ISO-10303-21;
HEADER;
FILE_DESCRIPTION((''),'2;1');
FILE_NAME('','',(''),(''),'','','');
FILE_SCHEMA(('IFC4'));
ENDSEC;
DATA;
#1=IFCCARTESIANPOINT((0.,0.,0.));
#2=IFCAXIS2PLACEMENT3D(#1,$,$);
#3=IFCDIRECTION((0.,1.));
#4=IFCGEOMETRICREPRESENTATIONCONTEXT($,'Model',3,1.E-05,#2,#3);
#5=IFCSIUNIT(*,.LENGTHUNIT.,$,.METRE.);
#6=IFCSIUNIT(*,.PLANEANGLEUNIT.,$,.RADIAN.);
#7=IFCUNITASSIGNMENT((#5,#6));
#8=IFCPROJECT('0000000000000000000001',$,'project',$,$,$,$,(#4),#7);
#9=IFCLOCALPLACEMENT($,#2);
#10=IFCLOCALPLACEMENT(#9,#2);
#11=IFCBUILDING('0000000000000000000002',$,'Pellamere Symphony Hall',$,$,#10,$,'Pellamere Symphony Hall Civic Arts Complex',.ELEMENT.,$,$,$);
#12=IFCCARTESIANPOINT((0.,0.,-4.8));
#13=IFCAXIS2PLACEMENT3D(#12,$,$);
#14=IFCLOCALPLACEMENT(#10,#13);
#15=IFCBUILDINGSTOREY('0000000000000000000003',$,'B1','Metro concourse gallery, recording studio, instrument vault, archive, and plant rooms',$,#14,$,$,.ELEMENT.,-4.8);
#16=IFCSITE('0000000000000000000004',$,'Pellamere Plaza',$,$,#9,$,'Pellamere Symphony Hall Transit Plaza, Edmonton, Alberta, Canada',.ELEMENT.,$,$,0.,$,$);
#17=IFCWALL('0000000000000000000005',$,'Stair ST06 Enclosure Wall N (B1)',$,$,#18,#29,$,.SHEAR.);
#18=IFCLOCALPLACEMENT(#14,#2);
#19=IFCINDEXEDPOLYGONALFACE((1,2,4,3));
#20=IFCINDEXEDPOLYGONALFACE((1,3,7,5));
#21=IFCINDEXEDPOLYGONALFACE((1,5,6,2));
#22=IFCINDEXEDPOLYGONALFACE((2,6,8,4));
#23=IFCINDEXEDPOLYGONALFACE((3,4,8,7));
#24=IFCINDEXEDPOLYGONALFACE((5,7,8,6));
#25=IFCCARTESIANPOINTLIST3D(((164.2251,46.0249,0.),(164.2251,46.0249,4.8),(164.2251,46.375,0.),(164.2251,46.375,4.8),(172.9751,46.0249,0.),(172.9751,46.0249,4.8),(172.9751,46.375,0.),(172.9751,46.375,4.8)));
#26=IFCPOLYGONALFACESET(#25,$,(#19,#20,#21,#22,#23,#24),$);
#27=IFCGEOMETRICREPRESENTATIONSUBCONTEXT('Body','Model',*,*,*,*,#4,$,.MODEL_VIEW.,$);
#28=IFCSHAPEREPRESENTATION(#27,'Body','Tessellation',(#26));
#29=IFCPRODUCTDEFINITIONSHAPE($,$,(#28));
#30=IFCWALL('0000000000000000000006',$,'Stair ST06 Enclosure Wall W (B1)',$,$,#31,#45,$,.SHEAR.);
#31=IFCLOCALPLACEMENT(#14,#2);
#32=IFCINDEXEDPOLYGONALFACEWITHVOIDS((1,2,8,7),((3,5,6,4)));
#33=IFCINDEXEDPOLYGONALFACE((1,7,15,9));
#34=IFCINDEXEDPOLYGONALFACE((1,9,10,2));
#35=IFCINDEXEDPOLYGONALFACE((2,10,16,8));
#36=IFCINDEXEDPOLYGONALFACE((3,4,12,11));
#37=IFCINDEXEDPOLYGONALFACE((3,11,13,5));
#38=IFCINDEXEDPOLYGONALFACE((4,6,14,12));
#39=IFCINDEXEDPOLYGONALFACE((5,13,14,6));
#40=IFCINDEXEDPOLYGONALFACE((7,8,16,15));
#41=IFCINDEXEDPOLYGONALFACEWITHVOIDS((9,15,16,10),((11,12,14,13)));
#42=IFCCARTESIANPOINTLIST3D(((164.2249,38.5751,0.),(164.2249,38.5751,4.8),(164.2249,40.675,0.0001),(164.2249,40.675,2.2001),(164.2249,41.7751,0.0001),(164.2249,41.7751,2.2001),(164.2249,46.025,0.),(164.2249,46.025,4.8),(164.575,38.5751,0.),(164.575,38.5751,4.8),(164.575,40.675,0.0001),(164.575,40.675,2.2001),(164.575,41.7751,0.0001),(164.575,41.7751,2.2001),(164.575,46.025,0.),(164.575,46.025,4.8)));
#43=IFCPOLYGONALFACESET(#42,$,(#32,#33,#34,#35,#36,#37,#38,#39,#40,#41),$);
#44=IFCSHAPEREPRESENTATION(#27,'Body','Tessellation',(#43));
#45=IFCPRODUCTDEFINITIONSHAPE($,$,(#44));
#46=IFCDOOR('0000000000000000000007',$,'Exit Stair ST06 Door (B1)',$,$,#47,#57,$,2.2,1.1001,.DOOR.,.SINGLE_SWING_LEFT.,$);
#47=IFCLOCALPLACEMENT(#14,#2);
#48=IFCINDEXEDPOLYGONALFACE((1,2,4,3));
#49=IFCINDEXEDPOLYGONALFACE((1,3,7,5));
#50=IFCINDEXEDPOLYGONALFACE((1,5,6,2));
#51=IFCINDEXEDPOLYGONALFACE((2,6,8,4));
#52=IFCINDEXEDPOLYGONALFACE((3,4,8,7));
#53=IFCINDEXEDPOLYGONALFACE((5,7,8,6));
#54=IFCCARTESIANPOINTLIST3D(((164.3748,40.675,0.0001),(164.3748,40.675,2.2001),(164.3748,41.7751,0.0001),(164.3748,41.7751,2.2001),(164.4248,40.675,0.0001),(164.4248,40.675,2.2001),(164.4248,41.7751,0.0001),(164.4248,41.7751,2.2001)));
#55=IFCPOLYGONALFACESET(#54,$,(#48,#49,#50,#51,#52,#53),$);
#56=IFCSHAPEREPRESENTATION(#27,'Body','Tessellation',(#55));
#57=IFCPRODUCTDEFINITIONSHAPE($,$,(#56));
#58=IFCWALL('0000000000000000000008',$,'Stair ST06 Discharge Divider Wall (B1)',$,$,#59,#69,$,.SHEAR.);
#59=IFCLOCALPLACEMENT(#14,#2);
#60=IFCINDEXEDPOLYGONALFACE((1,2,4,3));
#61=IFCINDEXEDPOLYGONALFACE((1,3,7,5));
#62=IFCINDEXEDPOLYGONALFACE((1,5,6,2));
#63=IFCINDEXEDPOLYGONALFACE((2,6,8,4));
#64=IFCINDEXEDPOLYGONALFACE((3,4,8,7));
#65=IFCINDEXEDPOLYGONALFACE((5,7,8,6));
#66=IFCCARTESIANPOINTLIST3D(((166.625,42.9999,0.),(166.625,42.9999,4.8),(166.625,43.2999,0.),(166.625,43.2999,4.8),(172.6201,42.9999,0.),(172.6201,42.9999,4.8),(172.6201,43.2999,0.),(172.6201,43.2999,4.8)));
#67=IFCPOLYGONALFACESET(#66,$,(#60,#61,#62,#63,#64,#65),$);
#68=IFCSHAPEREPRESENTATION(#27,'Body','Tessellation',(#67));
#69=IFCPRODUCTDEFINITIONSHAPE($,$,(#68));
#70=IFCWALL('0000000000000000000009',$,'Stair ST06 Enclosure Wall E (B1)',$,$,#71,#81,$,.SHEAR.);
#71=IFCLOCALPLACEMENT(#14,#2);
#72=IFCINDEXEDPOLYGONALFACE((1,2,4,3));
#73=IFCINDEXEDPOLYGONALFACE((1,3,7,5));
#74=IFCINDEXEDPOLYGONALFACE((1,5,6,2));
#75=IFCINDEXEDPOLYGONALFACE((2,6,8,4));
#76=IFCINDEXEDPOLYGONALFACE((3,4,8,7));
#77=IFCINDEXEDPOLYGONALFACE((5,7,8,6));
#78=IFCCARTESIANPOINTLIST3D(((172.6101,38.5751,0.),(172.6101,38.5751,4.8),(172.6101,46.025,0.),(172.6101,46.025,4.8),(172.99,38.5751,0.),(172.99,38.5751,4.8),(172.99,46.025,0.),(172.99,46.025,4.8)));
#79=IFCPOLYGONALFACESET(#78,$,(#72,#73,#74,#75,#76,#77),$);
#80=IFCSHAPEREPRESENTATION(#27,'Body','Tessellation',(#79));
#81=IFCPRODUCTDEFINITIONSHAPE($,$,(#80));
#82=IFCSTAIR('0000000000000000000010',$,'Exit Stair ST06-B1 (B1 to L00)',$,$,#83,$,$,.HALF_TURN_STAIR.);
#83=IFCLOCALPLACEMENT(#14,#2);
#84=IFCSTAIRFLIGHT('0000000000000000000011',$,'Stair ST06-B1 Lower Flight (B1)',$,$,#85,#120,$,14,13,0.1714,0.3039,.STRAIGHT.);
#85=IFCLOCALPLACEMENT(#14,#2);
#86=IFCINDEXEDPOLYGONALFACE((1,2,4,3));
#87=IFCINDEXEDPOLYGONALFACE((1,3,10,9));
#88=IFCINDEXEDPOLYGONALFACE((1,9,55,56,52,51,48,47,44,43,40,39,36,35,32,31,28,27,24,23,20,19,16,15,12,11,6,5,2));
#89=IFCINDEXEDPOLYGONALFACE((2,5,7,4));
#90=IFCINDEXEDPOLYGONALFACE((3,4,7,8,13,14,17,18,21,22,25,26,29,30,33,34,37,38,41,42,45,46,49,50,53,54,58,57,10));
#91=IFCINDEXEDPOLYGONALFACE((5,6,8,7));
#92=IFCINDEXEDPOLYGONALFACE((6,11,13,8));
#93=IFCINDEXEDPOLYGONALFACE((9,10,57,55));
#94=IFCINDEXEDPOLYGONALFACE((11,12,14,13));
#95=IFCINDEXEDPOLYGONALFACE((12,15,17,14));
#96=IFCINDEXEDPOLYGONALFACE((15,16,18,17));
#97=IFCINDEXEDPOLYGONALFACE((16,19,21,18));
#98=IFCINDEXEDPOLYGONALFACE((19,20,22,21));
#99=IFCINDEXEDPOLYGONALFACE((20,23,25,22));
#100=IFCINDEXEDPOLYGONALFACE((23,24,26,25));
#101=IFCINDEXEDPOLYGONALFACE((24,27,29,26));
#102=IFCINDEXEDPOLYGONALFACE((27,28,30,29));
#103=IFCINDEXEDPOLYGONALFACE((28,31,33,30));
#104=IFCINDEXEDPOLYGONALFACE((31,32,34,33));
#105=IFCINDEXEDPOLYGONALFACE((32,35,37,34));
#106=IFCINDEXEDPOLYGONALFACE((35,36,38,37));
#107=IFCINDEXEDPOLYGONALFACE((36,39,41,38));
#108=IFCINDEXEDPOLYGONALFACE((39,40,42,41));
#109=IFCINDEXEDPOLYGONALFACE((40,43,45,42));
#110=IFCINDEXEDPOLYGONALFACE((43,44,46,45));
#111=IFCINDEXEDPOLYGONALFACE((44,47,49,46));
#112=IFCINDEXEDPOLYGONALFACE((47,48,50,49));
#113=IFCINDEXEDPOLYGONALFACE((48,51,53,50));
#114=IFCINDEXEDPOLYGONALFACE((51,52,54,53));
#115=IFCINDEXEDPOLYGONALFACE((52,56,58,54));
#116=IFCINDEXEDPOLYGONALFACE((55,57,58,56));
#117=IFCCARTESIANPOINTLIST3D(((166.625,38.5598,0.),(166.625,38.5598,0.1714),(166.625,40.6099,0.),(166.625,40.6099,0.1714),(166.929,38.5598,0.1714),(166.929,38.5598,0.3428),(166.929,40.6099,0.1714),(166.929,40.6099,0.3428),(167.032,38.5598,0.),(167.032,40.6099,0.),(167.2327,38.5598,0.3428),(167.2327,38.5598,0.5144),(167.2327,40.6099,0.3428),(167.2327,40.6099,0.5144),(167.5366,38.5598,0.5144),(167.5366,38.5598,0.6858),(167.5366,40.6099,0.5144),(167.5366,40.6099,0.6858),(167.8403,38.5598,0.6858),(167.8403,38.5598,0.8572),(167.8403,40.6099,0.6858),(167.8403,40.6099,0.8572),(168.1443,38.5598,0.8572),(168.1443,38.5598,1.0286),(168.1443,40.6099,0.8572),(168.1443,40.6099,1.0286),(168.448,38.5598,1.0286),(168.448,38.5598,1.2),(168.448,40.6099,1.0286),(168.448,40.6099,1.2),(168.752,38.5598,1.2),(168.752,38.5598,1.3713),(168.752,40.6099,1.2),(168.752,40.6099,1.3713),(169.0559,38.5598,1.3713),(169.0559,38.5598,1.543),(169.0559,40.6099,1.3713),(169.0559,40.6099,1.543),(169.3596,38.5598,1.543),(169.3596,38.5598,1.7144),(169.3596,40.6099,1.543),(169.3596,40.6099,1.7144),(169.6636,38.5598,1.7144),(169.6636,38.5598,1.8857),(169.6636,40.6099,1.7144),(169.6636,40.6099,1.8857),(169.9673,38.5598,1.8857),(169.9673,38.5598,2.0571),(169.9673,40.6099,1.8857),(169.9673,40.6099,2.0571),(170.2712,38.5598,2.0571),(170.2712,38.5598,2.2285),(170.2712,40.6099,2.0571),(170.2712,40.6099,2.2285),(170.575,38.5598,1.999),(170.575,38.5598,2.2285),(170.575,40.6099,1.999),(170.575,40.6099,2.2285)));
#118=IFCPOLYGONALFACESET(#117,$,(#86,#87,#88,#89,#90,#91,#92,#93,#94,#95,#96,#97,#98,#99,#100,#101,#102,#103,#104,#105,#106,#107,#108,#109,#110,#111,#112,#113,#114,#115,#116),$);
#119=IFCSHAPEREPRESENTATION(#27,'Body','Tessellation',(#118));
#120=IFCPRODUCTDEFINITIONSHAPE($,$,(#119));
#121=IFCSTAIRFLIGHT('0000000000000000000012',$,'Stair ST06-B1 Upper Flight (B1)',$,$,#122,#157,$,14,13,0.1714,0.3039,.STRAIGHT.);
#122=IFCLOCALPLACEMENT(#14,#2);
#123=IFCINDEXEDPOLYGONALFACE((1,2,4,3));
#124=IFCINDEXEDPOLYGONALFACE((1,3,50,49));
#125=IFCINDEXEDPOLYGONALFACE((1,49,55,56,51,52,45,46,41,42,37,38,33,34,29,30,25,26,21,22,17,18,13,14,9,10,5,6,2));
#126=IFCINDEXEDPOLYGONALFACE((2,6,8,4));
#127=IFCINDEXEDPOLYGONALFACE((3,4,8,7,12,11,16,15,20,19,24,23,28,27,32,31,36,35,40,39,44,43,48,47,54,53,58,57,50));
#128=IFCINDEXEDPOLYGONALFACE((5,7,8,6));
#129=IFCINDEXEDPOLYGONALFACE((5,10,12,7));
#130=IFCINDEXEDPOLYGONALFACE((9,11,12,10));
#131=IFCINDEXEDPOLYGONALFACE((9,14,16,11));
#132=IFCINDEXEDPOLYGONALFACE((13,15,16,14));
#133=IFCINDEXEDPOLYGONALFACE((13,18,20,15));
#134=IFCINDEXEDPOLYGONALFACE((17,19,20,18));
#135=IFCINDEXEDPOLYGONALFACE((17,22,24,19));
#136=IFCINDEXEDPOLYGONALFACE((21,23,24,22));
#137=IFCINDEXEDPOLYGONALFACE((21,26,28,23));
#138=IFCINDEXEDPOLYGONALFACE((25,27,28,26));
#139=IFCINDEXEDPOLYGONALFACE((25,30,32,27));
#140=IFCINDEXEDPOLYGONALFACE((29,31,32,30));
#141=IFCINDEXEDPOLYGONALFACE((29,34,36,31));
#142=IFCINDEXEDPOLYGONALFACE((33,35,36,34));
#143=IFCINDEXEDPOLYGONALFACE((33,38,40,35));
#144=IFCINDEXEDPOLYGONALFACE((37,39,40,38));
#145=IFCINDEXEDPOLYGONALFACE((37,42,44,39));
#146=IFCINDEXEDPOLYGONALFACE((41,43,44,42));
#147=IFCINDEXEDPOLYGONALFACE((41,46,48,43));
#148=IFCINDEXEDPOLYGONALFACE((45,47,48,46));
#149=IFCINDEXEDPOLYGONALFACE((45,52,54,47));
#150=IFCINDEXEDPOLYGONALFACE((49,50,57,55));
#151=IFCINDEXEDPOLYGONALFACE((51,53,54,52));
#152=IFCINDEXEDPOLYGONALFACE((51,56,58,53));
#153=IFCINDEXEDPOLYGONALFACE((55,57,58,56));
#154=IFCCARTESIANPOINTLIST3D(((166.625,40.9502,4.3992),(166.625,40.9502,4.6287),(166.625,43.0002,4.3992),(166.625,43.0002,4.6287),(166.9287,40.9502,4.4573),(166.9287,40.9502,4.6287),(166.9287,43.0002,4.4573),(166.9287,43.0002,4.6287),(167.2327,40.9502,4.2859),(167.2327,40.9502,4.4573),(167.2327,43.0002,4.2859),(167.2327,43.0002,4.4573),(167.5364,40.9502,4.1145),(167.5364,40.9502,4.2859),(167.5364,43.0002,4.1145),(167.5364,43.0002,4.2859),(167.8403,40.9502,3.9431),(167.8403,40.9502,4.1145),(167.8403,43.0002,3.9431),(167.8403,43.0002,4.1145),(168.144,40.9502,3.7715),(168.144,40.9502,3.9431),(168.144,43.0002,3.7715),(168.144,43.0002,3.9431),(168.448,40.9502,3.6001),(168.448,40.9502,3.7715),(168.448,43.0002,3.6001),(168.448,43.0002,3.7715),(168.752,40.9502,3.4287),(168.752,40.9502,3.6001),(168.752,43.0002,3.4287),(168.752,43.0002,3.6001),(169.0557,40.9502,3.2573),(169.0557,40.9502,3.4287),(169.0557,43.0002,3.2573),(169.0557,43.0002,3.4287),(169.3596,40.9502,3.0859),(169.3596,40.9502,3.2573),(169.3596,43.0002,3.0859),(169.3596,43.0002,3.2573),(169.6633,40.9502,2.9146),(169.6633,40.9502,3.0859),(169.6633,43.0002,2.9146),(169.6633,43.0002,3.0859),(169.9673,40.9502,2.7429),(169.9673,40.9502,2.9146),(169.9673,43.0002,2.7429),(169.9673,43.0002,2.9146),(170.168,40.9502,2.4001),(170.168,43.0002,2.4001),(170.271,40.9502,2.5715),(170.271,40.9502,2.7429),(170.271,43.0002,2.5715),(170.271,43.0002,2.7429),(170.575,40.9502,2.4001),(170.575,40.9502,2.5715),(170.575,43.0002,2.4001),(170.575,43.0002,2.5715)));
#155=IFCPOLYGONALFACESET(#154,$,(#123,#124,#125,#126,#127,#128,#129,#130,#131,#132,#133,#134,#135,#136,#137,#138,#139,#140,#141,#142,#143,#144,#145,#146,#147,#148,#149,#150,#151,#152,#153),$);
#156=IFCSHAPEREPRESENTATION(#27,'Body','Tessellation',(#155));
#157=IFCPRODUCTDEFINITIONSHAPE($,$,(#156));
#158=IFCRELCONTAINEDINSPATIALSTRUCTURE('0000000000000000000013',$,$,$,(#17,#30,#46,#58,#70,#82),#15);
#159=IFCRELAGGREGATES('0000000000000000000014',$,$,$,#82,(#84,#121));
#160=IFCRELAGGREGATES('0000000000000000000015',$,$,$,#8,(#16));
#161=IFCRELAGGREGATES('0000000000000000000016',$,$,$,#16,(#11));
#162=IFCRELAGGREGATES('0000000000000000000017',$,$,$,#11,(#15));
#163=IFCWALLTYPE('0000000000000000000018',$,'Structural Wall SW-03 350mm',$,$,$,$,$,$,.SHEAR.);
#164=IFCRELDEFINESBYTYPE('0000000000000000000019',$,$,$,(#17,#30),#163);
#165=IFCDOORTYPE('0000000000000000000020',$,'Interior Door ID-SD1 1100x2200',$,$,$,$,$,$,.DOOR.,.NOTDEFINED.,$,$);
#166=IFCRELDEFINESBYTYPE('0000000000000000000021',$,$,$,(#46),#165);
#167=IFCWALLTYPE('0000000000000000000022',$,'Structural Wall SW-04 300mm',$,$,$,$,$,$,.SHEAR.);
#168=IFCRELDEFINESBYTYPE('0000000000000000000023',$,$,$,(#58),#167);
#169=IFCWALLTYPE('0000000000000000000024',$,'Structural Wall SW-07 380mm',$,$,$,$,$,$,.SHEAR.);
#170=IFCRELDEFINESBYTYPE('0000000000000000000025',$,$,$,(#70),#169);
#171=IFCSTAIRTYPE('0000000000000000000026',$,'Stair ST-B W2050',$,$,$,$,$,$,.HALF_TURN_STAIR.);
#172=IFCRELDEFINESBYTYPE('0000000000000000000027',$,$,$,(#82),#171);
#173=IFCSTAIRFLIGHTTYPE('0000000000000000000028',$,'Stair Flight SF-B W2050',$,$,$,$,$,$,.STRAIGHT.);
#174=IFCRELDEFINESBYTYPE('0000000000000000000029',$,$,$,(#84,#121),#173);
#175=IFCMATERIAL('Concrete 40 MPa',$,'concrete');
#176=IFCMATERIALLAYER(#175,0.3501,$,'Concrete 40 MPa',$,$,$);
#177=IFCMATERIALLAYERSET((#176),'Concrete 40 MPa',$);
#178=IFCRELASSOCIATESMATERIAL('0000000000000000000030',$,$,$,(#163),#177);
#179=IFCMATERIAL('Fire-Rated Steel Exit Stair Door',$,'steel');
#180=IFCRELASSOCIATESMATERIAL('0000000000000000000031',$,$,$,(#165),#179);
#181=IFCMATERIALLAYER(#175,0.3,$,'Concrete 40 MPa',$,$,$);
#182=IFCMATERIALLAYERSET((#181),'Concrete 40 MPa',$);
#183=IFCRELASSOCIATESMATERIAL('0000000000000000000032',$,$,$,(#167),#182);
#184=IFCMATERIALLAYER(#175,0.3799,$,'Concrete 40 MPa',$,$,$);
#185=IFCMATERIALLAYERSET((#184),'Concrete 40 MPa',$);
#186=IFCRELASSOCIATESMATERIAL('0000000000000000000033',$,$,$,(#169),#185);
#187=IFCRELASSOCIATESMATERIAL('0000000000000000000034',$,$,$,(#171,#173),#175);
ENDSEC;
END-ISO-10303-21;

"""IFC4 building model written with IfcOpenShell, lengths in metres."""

from ifc_helpers import new_model, si_unit, direction, frame, frame_2d, origin, place, context, subcontext, project, spatial, polyline, rectangle, outline, extrude, material, layer, layer_set, type_object, element, fill, aggregate, save


model = new_model("IFC4")

# Units and contexts
model_context = context("Model", 3, precision=1e-05, world=origin(), true_north=direction((0.0, 1.0)))
body_context = subcontext(model_context, "Body", "Model", "MODEL_VIEW")
ifc_project = project(units=[si_unit("LENGTHUNIT", "METRE"), si_unit("PLANEANGLEUNIT", "RADIAN")], contexts=[model_context])

# Site, building, storey
site_placement = place(None, origin())
site = spatial("IfcSite", under=ifc_project, at=site_placement, Name="Pellamere Plaza", LongName="Pellamere Symphony Hall Transit Plaza, Edmonton, Alberta, Canada", CompositionType="ELEMENT", RefElevation=0.0)
building_placement = place(site_placement, origin())
building = spatial("IfcBuilding", under=site, at=building_placement, Name="Pellamere Symphony Hall", LongName="Pellamere Symphony Hall Civic Arts Complex", CompositionType="ELEMENT")
storey_placement = place(building_placement, frame((0.0, 0.0, -4.8)))
storey = spatial("IfcBuildingStorey", under=building, at=storey_placement, Name="B1", Description="Metro concourse gallery, recording studio, instrument vault, archive, and plant rooms", CompositionType="ELEMENT", Elevation=-4.8)

# Shared definitions
ifc_material_1 = material(Name="Concrete 40 MPa", Category="concrete")

# Wall
ifc_layer_1 = layer(ifc_material_1, 0.3501, Name="Concrete 40 MPa")
ifc_layer_set_1 = layer_set([ifc_layer_1], Name="Concrete 40 MPa")
wall_type_1 = type_object("IfcWallType", Name="Structural Wall SW-03 350mm", PredefinedType="SHEAR", material=ifc_layer_set_1)
for number, where, z_axis, x_axis, name in (
    (1, (164.2251, 46.2, 0.0), (0.0, 0.0, 1.0), (1.0, 0.0, 0.0), "Stair ST06 Enclosure Wall N (B1)"),
):
    element("IfcWall", number, at=place(storey_placement, frame(where, z_axis=z_axis, x_axis=x_axis)), inside=storey, type_object=wall_type_1, Name=name, PredefinedType="SHEAR", context=body_context, shape_type="SweptSolid", body=[
        extrude(rectangle(XDim=8.75, YDim=0.3501, at=frame_2d((4.375, 0.0))), origin(), (0.0, 0.0, 1.0), 4.8),
    ])

# Wall, opening, door
wall_1_placement = place(storey_placement, frame((164.3999, 38.575, 0.0), z_axis=(0.0, 0.0, 1.0), x_axis=(0.0, 1.0, 0.0)))
wall_1 = element("IfcWall", 2, at=wall_1_placement, inside=storey, type_object=wall_type_1, Name="Stair ST06 Enclosure Wall W (B1)", PredefinedType="SHEAR", context=body_context, shape_type="SweptSolid", body=[
    extrude(rectangle(XDim=7.45, YDim=0.3501, at=frame_2d((3.7251, 0.0))), origin(), (0.0, 0.0, 1.0), 4.8),
])
opening_placement = place(wall_1_placement, frame((2.1001, 0.0, 0.0)))
opening = element("IfcOpeningElement", 3, at=opening_placement, cuts=wall_1, PredefinedType="OPENING", context=body_context, shape_type="SweptSolid", body=[
    extrude(rectangle(XDim=1.1001, YDim=2.2, at=frame_2d((0.55, 1.1001))), frame((0.0, 0.1851, 0.0), z_axis=(0.0, -1.0, 0.0), x_axis=(1.0, 0.0, 0.0)), (0.0, 0.0, 1.0), 0.3701),
])
ifc_material_2 = material(Name="Fire-Rated Steel Exit Stair Door", Category="steel")
door_type = type_object("IfcDoorType", Name="Interior Door ID-SD1 1100x2200", OperationType="NOTDEFINED", PredefinedType="DOOR", material=ifc_material_2)
door_placement = place(opening_placement, frame((1.1001, 0.0, 0.0), z_axis=(0.0, 0.0, 1.0), x_axis=(-1.0, 0.0, 0.0)))
door = element("IfcDoor", 4, at=door_placement, inside=storey, type_object=door_type, Name="Exit Stair ST06 Door (B1)", OperationType="SINGLE_SWING_LEFT", OverallHeight=2.2, OverallWidth=1.1001, PredefinedType="DOOR", context=body_context, shape_type="SweptSolid", body=[
    extrude(rectangle(XDim=1.1001, YDim=2.2, at=frame_2d((0.55, 1.1001))), frame((0.0, 0.0249, 0.0), z_axis=(0.0, -1.0, 0.0), x_axis=(1.0, 0.0, 0.0)), (0.0, 0.0, 1.0), 0.05),
])
fill(opening, door)

# Walls
ifc_layer_2 = layer(ifc_material_1, 0.3, Name="Concrete 40 MPa")
ifc_layer_set_2 = layer_set([ifc_layer_2], Name="Concrete 40 MPa")
wall_type_2 = type_object("IfcWallType", Name="Structural Wall SW-04 300mm", PredefinedType="SHEAR", material=ifc_layer_set_2)
wall_2_placement = place(storey_placement, frame((166.625, 43.1499, 0.0), z_axis=(0.0, 0.0, 1.0), x_axis=(1.0, 0.0, 0.0)))
element("IfcWall", 5, at=wall_2_placement, inside=storey, type_object=wall_type_2, Name="Stair ST06 Discharge Divider Wall (B1)", PredefinedType="SHEAR", context=body_context, shape_type="SweptSolid", body=[
    extrude(rectangle(XDim=5.9951, YDim=0.3, at=frame_2d((2.9976, 0.0))), origin(), (0.0, 0.0, 1.0), 4.8),
])
ifc_layer_3 = layer(ifc_material_1, 0.3799, Name="Concrete 40 MPa")
ifc_layer_set_3 = layer_set([ifc_layer_3], Name="Concrete 40 MPa")
wall_type_3 = type_object("IfcWallType", Name="Structural Wall SW-07 380mm", PredefinedType="SHEAR", material=ifc_layer_set_3)
wall_3_placement = place(storey_placement, frame((172.8, 38.575, 0.0), z_axis=(0.0, 0.0, 1.0), x_axis=(0.0, 1.0, 0.0)))
element("IfcWall", 6, at=wall_3_placement, inside=storey, type_object=wall_type_3, Name="Stair ST06 Enclosure Wall E (B1)", PredefinedType="SHEAR", context=body_context, shape_type="SweptSolid", body=[
    extrude(rectangle(XDim=7.45, YDim=0.3799, at=frame_2d((3.7251, 0.0))), origin(), (0.0, 0.0, 1.0), 4.8),
])

# Stair, stair flights
stair_type = type_object("IfcStairType", Name="Stair ST-B W2050", PredefinedType="HALF_TURN_STAIR", material=ifc_material_1)
stair_placement = place(storey_placement, origin())
stair = element("IfcStair", 7, at=stair_placement, inside=storey, type_object=stair_type, Name="Exit Stair ST06-B1 (B1 to L00)", PredefinedType="HALF_TURN_STAIR")
stair_flight_type = type_object("IfcStairFlightType", Name="Stair Flight SF-B W2050", PredefinedType="STRAIGHT", material=ifc_material_1)
stair_flight_1_placement = place(storey_placement, frame((166.625, 39.585, 0.0), z_axis=(0.0, 0.0, 1.0), x_axis=(1.0, 0.0, 0.0)))
stair_flight_1 = element("IfcStairFlight", 8, at=stair_flight_1_placement, type_object=stair_flight_type, Name="Stair ST06-B1 Lower Flight (B1)", NumberOfRisers=14, NumberOfTreads=13, PredefinedType="STRAIGHT", RiserHeight=0.1714, TreadLength=0.3039, context=body_context, shape_type="SweptSolid", body=[
    extrude(outline(polyline([(0.0, 0.0), (0.0, 0.1714), (0.304, 0.1714), (0.304, 0.3428), (0.6077, 0.3428), (0.6077, 0.5144), (0.9116, 0.5144), (0.9116, 0.6858), (1.2153, 0.6858), (1.2153, 0.8572), (1.5193, 0.8572), (1.5193, 1.0286), (1.823, 1.0286), (1.823, 1.2), (2.127, 1.2), (2.127, 1.3713), (2.4309, 1.3713), (2.4309, 1.543), (2.7346, 1.543), (2.7346, 1.7144), (3.0386, 1.7144), (3.0386, 1.8857), (3.3423, 1.8857), (3.3423, 2.0571), (3.6462, 2.0571), (3.6462, 2.2285), (3.95, 2.2285), (3.95, 2.3999), (3.95, 1.999), (0.407, 0.0), (0.0, 0.0)])), frame((0.0, 1.0249, 0.0), z_axis=(0.0, -1.0, 0.0), x_axis=(1.0, 0.0, 0.0)), (0.0, 0.0, 1.0), 2.05),
])
stair_flight_2_placement = place(storey_placement, frame((170.575, 41.9751, 2.4001), z_axis=(0.0, 0.0, 1.0), x_axis=(-1.0, 0.0, 0.0)))
stair_flight_2 = element("IfcStairFlight", 9, at=stair_flight_2_placement, type_object=stair_flight_type, Name="Stair ST06-B1 Upper Flight (B1)", NumberOfRisers=14, NumberOfTreads=13, PredefinedType="STRAIGHT", RiserHeight=0.1714, TreadLength=0.3039, context=body_context, shape_type="SweptSolid", body=[
    extrude(outline(polyline([(0.0, 0.0), (0.0, 0.1714), (0.304, 0.1714), (0.304, 0.3428), (0.6077, 0.3428), (0.6077, 0.5144), (0.9116, 0.5144), (0.9116, 0.6858), (1.2153, 0.6858), (1.2153, 0.8572), (1.5193, 0.8572), (1.5193, 1.0286), (1.823, 1.0286), (1.823, 1.2), (2.127, 1.2), (2.127, 1.3713), (2.4309, 1.3713), (2.4309, 1.543), (2.7346, 1.543), (2.7346, 1.7144), (3.0386, 1.7144), (3.0386, 1.8857), (3.3423, 1.8857), (3.3423, 2.0571), (3.6462, 2.0571), (3.6462, 2.2285), (3.95, 2.2285), (3.95, 2.3999), (3.95, 1.999), (0.407, 0.0), (0.0, 0.0)])), frame((0.0, 1.0249, 0.0), z_axis=(0.0, -1.0, 0.0), x_axis=(1.0, 0.0, 0.0)), (0.0, 0.0, 1.0), 2.05),
])
aggregate(stair, [stair_flight_1, stair_flight_2])

save(model, "model.ifc")
